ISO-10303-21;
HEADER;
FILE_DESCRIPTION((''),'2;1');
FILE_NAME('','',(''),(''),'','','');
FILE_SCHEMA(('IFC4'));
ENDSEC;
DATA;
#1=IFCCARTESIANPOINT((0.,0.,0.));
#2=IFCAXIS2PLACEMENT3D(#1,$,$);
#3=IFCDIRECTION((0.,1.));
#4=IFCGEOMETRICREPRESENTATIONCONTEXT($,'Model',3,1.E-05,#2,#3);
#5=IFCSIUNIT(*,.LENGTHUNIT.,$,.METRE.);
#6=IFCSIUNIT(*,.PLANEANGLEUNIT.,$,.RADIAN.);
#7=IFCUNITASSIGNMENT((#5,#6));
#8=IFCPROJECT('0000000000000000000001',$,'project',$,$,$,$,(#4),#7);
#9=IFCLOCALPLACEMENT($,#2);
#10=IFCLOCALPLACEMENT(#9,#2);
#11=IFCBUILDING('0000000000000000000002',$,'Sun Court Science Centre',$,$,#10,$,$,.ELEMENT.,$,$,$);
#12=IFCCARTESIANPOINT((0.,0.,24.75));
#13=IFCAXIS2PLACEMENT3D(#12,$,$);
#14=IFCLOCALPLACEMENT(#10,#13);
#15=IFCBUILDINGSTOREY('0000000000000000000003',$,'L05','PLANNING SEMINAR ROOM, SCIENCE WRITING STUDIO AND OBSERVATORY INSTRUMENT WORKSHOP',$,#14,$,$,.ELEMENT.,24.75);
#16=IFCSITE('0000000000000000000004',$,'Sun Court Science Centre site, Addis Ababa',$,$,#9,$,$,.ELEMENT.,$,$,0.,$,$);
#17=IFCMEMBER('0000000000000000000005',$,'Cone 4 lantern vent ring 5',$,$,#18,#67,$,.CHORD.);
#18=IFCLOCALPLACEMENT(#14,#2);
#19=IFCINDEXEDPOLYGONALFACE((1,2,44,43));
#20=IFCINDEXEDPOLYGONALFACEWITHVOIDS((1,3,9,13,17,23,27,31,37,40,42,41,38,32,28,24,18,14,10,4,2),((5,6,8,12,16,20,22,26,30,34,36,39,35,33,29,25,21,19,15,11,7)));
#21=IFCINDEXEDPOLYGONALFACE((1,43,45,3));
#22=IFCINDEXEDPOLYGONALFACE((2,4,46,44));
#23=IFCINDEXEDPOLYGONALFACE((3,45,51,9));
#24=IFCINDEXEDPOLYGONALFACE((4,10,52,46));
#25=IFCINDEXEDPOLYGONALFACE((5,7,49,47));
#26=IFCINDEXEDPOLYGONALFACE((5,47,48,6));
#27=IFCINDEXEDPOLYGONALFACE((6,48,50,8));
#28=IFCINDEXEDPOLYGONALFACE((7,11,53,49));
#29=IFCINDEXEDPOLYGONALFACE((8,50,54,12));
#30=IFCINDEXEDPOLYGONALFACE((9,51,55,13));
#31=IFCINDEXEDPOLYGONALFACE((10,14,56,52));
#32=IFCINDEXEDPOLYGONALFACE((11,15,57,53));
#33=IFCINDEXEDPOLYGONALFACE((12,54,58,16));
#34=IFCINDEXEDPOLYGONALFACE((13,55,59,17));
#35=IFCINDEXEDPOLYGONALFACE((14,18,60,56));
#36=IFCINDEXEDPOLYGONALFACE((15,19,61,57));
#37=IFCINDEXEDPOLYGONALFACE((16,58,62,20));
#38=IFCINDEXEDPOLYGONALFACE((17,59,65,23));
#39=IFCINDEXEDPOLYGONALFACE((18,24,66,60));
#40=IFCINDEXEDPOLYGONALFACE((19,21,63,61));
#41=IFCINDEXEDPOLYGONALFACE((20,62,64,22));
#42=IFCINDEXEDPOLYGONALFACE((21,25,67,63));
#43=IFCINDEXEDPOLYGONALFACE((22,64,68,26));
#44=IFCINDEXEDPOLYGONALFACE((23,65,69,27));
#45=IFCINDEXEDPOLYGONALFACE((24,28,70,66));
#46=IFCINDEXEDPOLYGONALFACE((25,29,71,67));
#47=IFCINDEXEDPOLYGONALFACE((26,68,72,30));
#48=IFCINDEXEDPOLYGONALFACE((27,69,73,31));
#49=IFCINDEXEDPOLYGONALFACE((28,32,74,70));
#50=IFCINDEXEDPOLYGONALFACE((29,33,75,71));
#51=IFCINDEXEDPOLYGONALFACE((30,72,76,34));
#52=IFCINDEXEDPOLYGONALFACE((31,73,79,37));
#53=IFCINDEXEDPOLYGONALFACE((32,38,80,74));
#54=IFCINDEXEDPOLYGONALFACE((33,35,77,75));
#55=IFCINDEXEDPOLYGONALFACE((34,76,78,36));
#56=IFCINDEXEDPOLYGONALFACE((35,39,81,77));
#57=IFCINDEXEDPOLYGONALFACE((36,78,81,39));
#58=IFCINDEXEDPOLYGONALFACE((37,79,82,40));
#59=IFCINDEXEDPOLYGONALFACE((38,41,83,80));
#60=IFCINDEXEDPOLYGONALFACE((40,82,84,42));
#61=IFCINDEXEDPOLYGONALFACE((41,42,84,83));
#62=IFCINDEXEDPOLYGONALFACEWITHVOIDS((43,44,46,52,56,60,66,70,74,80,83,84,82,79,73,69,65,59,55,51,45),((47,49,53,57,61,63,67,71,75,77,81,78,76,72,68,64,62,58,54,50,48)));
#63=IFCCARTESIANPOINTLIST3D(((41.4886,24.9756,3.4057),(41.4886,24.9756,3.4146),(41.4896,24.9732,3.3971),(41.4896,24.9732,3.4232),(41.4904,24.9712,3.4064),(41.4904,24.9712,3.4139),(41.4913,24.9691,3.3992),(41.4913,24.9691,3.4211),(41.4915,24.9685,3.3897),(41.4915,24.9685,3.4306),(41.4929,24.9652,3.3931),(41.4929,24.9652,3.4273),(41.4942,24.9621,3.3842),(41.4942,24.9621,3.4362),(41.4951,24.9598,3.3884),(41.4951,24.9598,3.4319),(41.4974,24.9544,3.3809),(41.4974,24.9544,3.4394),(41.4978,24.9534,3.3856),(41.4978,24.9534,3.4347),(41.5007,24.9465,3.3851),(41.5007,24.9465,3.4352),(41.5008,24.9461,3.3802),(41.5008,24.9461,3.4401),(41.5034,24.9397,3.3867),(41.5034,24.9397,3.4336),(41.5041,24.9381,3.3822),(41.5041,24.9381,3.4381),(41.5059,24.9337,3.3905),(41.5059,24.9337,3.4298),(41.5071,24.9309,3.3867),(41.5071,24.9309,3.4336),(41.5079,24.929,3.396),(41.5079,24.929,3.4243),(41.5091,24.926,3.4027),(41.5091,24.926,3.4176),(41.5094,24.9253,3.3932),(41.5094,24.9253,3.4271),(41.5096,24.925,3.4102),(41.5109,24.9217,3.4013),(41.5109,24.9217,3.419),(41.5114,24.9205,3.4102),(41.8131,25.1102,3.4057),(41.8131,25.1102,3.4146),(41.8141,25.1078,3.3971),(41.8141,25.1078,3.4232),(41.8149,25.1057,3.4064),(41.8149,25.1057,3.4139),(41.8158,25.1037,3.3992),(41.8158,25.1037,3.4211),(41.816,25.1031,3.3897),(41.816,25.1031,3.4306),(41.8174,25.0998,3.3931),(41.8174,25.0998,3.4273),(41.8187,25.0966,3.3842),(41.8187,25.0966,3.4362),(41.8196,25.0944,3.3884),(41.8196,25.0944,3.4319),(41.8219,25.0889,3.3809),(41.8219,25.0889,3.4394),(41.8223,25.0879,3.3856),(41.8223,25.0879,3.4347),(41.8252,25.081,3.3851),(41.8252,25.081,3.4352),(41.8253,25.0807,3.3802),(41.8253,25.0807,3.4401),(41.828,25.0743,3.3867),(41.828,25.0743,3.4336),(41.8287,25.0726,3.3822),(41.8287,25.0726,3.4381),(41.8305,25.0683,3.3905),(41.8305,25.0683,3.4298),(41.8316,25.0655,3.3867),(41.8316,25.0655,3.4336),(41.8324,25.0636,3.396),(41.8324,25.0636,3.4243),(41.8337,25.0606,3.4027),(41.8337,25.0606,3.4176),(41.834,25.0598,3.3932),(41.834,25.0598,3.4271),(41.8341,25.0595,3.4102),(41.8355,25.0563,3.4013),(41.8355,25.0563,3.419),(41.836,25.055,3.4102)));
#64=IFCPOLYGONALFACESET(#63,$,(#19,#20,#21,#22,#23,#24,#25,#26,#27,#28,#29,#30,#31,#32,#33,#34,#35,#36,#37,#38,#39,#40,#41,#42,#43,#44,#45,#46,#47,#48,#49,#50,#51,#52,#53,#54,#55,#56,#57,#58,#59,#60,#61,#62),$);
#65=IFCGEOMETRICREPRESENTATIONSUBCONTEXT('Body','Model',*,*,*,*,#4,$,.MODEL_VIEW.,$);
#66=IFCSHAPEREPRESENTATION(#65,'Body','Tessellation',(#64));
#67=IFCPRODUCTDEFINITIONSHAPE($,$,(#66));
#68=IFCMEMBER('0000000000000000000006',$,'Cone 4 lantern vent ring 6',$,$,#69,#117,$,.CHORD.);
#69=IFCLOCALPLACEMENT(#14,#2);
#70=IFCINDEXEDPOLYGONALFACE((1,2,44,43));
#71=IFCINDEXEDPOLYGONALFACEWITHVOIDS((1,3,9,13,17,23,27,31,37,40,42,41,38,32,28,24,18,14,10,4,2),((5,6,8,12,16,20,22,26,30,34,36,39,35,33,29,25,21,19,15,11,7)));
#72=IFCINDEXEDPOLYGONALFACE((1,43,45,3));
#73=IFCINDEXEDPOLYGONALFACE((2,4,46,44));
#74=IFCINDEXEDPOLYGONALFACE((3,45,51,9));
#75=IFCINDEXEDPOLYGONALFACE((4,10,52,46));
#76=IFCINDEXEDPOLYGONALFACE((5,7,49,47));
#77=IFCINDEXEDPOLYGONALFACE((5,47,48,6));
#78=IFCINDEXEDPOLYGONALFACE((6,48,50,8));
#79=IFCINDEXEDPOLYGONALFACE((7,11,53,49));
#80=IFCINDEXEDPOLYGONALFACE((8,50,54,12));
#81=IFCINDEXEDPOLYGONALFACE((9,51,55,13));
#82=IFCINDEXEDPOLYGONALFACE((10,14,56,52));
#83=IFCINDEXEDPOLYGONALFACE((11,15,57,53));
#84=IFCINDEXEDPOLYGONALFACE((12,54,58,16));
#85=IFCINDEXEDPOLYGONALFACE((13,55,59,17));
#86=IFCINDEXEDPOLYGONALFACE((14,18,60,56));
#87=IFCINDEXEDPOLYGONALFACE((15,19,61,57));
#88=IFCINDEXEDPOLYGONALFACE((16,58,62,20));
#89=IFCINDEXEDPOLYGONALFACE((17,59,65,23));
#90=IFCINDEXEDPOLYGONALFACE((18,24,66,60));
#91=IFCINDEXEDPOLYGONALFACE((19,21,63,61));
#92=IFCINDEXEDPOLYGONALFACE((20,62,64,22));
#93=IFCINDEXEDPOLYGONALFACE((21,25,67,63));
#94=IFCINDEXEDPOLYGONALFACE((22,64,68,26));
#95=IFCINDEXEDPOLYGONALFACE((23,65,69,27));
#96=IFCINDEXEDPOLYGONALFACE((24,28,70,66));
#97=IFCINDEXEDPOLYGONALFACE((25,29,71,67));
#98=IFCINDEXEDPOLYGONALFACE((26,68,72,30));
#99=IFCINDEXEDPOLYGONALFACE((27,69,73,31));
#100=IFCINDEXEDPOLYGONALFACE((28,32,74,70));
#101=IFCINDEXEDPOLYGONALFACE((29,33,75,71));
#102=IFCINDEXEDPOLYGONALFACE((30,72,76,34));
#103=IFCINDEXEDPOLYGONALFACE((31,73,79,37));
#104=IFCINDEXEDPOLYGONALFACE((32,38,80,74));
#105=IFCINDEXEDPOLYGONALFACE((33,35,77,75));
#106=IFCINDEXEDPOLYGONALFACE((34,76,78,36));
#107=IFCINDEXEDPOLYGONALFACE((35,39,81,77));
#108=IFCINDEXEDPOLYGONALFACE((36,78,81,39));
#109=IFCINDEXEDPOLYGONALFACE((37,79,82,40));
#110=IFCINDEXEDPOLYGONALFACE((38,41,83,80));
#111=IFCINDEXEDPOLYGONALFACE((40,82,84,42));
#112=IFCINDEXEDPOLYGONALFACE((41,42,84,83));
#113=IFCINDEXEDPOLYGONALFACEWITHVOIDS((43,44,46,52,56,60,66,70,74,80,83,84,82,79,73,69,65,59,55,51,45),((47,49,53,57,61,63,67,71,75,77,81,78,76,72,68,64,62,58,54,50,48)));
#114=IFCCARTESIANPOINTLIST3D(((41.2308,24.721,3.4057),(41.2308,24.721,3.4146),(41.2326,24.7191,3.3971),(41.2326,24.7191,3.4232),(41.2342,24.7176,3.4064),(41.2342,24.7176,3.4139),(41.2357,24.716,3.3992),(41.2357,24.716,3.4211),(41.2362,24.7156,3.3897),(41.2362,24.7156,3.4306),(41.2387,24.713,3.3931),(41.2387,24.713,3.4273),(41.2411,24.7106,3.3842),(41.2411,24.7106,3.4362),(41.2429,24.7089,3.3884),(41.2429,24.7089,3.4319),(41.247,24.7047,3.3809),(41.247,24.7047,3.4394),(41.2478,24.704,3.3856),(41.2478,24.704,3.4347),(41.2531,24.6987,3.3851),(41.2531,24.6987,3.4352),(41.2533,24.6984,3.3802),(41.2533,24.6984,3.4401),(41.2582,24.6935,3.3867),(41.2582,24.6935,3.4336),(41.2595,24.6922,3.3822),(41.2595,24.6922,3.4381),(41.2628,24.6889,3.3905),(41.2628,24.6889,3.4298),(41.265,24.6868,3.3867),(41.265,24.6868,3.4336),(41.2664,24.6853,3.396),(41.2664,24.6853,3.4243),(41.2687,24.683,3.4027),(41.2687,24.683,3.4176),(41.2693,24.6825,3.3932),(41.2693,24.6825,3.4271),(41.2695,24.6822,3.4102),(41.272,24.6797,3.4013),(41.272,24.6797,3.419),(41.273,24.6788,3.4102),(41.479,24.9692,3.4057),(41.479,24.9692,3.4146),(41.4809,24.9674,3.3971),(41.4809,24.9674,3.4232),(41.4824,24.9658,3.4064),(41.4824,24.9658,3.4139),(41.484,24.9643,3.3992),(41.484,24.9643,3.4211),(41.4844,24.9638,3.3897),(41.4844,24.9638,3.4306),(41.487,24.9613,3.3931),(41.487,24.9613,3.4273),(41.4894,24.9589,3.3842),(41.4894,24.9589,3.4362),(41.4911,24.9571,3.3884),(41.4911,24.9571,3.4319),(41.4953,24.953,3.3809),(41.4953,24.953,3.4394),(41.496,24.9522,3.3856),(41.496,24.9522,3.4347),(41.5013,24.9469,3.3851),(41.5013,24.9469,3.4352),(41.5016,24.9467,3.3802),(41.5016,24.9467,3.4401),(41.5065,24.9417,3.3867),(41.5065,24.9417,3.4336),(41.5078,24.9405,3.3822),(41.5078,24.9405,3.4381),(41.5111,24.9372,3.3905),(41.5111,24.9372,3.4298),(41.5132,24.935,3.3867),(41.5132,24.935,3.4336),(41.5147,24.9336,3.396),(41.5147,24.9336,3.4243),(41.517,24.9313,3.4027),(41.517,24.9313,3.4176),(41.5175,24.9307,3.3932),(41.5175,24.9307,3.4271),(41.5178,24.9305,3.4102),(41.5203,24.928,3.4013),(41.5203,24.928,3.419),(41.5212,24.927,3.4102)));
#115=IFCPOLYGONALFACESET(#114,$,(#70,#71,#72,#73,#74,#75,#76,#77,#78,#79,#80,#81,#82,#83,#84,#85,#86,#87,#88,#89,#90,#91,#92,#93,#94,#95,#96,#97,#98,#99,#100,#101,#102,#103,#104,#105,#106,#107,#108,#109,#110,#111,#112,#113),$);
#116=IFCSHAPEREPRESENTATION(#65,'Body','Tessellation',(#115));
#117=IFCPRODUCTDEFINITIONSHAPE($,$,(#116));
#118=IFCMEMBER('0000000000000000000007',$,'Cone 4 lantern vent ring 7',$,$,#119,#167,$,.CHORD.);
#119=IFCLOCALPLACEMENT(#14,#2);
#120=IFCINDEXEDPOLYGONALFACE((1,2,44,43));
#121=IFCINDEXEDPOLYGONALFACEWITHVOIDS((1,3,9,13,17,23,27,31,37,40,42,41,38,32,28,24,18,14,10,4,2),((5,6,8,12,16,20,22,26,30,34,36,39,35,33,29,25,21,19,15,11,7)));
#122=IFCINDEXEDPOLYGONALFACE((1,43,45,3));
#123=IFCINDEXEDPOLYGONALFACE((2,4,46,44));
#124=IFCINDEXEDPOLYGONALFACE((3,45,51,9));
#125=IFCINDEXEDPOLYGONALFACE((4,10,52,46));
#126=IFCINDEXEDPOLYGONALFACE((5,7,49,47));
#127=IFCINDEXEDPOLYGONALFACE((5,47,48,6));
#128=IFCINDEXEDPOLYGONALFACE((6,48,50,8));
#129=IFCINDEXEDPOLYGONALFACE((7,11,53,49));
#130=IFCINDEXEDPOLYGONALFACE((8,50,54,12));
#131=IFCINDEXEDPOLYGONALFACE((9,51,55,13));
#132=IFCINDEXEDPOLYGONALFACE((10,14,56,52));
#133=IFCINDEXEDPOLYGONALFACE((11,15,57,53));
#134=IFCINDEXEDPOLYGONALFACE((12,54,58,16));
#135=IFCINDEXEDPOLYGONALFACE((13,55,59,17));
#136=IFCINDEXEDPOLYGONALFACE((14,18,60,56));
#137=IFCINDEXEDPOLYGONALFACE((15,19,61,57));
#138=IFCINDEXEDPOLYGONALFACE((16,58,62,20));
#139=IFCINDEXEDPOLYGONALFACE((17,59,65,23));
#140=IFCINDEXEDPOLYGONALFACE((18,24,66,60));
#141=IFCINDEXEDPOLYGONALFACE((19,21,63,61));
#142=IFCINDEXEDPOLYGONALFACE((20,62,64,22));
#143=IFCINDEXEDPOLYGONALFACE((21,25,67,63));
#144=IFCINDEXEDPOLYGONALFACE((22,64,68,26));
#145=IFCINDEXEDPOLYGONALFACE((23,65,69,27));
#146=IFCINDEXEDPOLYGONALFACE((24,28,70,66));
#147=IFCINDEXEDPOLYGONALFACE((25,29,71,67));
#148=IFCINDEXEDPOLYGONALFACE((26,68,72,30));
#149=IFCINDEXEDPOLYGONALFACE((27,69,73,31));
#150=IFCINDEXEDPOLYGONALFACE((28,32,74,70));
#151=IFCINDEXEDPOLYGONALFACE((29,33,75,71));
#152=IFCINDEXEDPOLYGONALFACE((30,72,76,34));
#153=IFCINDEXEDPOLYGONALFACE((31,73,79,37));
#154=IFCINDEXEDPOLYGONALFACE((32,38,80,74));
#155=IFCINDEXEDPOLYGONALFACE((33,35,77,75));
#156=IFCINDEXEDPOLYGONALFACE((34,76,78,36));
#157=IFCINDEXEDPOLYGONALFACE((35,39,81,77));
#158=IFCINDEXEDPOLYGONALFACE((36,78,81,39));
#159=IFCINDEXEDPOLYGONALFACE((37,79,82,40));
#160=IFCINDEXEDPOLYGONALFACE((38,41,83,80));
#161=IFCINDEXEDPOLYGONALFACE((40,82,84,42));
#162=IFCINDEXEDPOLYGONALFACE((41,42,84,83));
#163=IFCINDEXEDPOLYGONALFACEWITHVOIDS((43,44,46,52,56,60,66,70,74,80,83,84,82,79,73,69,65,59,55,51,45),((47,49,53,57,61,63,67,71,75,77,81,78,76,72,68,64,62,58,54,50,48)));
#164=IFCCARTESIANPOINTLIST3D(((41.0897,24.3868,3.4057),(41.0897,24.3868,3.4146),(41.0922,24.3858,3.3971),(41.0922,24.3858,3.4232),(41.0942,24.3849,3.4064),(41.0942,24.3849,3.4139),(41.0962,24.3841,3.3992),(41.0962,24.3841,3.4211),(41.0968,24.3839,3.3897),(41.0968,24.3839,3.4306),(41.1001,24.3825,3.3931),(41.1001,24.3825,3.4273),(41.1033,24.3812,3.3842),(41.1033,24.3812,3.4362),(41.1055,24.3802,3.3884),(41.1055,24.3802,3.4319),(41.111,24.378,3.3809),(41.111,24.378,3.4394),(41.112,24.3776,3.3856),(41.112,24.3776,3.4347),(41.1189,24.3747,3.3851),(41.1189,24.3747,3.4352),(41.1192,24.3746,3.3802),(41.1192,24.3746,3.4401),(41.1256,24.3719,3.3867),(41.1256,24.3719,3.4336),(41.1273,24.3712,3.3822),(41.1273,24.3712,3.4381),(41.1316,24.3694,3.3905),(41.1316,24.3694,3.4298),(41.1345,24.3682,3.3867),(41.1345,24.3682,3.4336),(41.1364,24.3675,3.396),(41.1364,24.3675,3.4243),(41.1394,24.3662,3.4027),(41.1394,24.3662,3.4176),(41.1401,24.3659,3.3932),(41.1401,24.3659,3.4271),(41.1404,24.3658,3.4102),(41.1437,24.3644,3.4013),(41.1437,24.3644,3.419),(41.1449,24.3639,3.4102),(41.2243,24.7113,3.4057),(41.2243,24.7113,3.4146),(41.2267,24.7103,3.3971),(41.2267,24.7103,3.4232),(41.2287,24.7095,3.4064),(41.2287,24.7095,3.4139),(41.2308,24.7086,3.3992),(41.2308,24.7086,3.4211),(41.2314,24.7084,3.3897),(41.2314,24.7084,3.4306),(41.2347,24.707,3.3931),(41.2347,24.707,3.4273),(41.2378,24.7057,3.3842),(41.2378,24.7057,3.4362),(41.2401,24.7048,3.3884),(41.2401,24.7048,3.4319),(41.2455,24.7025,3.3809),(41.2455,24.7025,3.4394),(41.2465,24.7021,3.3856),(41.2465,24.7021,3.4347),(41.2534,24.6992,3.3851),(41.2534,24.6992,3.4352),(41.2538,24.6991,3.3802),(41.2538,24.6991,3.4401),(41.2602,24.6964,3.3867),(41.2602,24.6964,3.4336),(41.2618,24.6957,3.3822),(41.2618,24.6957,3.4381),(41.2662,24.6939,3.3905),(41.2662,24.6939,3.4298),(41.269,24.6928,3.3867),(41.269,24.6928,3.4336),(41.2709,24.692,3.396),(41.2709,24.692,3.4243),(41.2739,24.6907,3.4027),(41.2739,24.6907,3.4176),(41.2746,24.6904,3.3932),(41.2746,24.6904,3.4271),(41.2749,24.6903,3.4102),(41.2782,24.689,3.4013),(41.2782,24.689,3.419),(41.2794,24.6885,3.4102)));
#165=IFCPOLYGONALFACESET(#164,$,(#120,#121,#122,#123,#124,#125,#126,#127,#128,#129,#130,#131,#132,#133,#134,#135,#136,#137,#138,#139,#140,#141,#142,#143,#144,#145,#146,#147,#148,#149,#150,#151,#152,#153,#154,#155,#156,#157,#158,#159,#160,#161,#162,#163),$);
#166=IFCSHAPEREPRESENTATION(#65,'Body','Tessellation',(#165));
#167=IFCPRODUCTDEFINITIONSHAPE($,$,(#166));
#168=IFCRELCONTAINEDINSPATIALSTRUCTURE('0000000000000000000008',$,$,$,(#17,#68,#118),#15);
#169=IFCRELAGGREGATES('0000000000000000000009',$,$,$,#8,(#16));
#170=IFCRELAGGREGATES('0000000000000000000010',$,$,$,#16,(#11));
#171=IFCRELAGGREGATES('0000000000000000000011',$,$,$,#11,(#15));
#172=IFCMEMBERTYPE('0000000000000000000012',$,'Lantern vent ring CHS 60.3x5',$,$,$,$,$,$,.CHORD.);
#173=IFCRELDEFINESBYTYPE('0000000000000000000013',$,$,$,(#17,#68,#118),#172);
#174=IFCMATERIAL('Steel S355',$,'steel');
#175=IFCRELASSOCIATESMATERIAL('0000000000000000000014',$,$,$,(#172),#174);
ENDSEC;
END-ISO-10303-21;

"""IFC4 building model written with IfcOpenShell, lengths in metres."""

from ifc_helpers import new_model, si_unit, direction, frame, origin, origin_2d, place, context, subcontext, project, spatial, hollow_circle, extrude, material, material_profile, profile_set, type_object, element, save


model = new_model("IFC4")

# Units and contexts
model_context = context("Model", 3, precision=1e-05, world=origin(), true_north=direction((0.0, 1.0)))
body_context = subcontext(model_context, "Body", "Model", "MODEL_VIEW")
ifc_project = project(units=[si_unit("LENGTHUNIT", "METRE"), si_unit("PLANEANGLEUNIT", "RADIAN")], contexts=[model_context])

# Site, building, storey
site_placement = place(None, origin())
site = spatial("IfcSite", under=ifc_project, at=site_placement, Name="Sun Court Science Centre site, Addis Ababa", CompositionType="ELEMENT", RefElevation=0.0)
building_placement = place(site_placement, origin())
building = spatial("IfcBuilding", under=site, at=building_placement, Name="Sun Court Science Centre", CompositionType="ELEMENT")
storey_placement = place(building_placement, frame((0.0, 0.0, 24.75)))
storey = spatial("IfcBuildingStorey", under=building, at=storey_placement, Name="L05", Description="PLANNING SEMINAR ROOM, SCIENCE WRITING STUDIO AND OBSERVATORY INSTRUMENT WORKSHOP", CompositionType="ELEMENT", Elevation=24.75)

# Members
ifc_material_1 = material(Name="Steel S355", Category="steel")
ifc_material_profile_1 = material_profile(ifc_material_1, hollow_circle(Radius=0.03, WallThickness=0.0049, at=origin_2d()), Name="CHS 60.3x5")
ifc_profile_set_1 = profile_set([ifc_material_profile_1], Name="Steel S355")
member_type_1 = type_object("IfcMemberType", Name="Lantern vent ring CHS 60.3x5", PredefinedType="CHORD", material=ifc_profile_set_1)
member_1_placement = place(storey_placement, frame((41.8245, 25.0828, 3.4102), z_axis=(-0.923754, -0.382986, 0.0), x_axis=(0.382986, -0.923754, 0.0)))
element("IfcMember", 1, at=member_1_placement, inside=storey, type_object=member_type_1, Name="Cone 4 lantern vent ring 5", PredefinedType="CHORD", context=body_context, shape_type="SweptSolid", body=[
    extrude(hollow_circle(Radius=0.03, WallThickness=0.0049, at=origin_2d()), origin(), (0.0, 0.0, 1.0), 0.3513),
])
member_2_placement = place(storey_placement, frame((41.5, 24.9482, 3.4102), z_axis=(-0.707107, -0.707107, 0.0), x_axis=(0.707107, -0.707107, 0.0)))
element("IfcMember", 2, at=member_2_placement, inside=storey, type_object=member_type_1, Name="Cone 4 lantern vent ring 6", PredefinedType="CHORD", context=body_context, shape_type="SweptSolid", body=[
    extrude(hollow_circle(Radius=0.03, WallThickness=0.0049, at=origin_2d()), origin(), (0.0, 0.0, 1.0), 0.3511),
])
member_3_placement = place(storey_placement, frame((41.2517, 24.7, 3.4102), z_axis=(-0.382986, -0.923754, 0.0), x_axis=(0.923754, -0.382986, 0.0)))
element("IfcMember", 3, at=member_3_placement, inside=storey, type_object=member_type_1, Name="Cone 4 lantern vent ring 7", PredefinedType="CHORD", context=body_context, shape_type="SweptSolid", body=[
    extrude(hollow_circle(Radius=0.03, WallThickness=0.0049, at=origin_2d()), origin(), (0.0, 0.0, 1.0), 0.3513),
])

save(model, "model.ifc")
